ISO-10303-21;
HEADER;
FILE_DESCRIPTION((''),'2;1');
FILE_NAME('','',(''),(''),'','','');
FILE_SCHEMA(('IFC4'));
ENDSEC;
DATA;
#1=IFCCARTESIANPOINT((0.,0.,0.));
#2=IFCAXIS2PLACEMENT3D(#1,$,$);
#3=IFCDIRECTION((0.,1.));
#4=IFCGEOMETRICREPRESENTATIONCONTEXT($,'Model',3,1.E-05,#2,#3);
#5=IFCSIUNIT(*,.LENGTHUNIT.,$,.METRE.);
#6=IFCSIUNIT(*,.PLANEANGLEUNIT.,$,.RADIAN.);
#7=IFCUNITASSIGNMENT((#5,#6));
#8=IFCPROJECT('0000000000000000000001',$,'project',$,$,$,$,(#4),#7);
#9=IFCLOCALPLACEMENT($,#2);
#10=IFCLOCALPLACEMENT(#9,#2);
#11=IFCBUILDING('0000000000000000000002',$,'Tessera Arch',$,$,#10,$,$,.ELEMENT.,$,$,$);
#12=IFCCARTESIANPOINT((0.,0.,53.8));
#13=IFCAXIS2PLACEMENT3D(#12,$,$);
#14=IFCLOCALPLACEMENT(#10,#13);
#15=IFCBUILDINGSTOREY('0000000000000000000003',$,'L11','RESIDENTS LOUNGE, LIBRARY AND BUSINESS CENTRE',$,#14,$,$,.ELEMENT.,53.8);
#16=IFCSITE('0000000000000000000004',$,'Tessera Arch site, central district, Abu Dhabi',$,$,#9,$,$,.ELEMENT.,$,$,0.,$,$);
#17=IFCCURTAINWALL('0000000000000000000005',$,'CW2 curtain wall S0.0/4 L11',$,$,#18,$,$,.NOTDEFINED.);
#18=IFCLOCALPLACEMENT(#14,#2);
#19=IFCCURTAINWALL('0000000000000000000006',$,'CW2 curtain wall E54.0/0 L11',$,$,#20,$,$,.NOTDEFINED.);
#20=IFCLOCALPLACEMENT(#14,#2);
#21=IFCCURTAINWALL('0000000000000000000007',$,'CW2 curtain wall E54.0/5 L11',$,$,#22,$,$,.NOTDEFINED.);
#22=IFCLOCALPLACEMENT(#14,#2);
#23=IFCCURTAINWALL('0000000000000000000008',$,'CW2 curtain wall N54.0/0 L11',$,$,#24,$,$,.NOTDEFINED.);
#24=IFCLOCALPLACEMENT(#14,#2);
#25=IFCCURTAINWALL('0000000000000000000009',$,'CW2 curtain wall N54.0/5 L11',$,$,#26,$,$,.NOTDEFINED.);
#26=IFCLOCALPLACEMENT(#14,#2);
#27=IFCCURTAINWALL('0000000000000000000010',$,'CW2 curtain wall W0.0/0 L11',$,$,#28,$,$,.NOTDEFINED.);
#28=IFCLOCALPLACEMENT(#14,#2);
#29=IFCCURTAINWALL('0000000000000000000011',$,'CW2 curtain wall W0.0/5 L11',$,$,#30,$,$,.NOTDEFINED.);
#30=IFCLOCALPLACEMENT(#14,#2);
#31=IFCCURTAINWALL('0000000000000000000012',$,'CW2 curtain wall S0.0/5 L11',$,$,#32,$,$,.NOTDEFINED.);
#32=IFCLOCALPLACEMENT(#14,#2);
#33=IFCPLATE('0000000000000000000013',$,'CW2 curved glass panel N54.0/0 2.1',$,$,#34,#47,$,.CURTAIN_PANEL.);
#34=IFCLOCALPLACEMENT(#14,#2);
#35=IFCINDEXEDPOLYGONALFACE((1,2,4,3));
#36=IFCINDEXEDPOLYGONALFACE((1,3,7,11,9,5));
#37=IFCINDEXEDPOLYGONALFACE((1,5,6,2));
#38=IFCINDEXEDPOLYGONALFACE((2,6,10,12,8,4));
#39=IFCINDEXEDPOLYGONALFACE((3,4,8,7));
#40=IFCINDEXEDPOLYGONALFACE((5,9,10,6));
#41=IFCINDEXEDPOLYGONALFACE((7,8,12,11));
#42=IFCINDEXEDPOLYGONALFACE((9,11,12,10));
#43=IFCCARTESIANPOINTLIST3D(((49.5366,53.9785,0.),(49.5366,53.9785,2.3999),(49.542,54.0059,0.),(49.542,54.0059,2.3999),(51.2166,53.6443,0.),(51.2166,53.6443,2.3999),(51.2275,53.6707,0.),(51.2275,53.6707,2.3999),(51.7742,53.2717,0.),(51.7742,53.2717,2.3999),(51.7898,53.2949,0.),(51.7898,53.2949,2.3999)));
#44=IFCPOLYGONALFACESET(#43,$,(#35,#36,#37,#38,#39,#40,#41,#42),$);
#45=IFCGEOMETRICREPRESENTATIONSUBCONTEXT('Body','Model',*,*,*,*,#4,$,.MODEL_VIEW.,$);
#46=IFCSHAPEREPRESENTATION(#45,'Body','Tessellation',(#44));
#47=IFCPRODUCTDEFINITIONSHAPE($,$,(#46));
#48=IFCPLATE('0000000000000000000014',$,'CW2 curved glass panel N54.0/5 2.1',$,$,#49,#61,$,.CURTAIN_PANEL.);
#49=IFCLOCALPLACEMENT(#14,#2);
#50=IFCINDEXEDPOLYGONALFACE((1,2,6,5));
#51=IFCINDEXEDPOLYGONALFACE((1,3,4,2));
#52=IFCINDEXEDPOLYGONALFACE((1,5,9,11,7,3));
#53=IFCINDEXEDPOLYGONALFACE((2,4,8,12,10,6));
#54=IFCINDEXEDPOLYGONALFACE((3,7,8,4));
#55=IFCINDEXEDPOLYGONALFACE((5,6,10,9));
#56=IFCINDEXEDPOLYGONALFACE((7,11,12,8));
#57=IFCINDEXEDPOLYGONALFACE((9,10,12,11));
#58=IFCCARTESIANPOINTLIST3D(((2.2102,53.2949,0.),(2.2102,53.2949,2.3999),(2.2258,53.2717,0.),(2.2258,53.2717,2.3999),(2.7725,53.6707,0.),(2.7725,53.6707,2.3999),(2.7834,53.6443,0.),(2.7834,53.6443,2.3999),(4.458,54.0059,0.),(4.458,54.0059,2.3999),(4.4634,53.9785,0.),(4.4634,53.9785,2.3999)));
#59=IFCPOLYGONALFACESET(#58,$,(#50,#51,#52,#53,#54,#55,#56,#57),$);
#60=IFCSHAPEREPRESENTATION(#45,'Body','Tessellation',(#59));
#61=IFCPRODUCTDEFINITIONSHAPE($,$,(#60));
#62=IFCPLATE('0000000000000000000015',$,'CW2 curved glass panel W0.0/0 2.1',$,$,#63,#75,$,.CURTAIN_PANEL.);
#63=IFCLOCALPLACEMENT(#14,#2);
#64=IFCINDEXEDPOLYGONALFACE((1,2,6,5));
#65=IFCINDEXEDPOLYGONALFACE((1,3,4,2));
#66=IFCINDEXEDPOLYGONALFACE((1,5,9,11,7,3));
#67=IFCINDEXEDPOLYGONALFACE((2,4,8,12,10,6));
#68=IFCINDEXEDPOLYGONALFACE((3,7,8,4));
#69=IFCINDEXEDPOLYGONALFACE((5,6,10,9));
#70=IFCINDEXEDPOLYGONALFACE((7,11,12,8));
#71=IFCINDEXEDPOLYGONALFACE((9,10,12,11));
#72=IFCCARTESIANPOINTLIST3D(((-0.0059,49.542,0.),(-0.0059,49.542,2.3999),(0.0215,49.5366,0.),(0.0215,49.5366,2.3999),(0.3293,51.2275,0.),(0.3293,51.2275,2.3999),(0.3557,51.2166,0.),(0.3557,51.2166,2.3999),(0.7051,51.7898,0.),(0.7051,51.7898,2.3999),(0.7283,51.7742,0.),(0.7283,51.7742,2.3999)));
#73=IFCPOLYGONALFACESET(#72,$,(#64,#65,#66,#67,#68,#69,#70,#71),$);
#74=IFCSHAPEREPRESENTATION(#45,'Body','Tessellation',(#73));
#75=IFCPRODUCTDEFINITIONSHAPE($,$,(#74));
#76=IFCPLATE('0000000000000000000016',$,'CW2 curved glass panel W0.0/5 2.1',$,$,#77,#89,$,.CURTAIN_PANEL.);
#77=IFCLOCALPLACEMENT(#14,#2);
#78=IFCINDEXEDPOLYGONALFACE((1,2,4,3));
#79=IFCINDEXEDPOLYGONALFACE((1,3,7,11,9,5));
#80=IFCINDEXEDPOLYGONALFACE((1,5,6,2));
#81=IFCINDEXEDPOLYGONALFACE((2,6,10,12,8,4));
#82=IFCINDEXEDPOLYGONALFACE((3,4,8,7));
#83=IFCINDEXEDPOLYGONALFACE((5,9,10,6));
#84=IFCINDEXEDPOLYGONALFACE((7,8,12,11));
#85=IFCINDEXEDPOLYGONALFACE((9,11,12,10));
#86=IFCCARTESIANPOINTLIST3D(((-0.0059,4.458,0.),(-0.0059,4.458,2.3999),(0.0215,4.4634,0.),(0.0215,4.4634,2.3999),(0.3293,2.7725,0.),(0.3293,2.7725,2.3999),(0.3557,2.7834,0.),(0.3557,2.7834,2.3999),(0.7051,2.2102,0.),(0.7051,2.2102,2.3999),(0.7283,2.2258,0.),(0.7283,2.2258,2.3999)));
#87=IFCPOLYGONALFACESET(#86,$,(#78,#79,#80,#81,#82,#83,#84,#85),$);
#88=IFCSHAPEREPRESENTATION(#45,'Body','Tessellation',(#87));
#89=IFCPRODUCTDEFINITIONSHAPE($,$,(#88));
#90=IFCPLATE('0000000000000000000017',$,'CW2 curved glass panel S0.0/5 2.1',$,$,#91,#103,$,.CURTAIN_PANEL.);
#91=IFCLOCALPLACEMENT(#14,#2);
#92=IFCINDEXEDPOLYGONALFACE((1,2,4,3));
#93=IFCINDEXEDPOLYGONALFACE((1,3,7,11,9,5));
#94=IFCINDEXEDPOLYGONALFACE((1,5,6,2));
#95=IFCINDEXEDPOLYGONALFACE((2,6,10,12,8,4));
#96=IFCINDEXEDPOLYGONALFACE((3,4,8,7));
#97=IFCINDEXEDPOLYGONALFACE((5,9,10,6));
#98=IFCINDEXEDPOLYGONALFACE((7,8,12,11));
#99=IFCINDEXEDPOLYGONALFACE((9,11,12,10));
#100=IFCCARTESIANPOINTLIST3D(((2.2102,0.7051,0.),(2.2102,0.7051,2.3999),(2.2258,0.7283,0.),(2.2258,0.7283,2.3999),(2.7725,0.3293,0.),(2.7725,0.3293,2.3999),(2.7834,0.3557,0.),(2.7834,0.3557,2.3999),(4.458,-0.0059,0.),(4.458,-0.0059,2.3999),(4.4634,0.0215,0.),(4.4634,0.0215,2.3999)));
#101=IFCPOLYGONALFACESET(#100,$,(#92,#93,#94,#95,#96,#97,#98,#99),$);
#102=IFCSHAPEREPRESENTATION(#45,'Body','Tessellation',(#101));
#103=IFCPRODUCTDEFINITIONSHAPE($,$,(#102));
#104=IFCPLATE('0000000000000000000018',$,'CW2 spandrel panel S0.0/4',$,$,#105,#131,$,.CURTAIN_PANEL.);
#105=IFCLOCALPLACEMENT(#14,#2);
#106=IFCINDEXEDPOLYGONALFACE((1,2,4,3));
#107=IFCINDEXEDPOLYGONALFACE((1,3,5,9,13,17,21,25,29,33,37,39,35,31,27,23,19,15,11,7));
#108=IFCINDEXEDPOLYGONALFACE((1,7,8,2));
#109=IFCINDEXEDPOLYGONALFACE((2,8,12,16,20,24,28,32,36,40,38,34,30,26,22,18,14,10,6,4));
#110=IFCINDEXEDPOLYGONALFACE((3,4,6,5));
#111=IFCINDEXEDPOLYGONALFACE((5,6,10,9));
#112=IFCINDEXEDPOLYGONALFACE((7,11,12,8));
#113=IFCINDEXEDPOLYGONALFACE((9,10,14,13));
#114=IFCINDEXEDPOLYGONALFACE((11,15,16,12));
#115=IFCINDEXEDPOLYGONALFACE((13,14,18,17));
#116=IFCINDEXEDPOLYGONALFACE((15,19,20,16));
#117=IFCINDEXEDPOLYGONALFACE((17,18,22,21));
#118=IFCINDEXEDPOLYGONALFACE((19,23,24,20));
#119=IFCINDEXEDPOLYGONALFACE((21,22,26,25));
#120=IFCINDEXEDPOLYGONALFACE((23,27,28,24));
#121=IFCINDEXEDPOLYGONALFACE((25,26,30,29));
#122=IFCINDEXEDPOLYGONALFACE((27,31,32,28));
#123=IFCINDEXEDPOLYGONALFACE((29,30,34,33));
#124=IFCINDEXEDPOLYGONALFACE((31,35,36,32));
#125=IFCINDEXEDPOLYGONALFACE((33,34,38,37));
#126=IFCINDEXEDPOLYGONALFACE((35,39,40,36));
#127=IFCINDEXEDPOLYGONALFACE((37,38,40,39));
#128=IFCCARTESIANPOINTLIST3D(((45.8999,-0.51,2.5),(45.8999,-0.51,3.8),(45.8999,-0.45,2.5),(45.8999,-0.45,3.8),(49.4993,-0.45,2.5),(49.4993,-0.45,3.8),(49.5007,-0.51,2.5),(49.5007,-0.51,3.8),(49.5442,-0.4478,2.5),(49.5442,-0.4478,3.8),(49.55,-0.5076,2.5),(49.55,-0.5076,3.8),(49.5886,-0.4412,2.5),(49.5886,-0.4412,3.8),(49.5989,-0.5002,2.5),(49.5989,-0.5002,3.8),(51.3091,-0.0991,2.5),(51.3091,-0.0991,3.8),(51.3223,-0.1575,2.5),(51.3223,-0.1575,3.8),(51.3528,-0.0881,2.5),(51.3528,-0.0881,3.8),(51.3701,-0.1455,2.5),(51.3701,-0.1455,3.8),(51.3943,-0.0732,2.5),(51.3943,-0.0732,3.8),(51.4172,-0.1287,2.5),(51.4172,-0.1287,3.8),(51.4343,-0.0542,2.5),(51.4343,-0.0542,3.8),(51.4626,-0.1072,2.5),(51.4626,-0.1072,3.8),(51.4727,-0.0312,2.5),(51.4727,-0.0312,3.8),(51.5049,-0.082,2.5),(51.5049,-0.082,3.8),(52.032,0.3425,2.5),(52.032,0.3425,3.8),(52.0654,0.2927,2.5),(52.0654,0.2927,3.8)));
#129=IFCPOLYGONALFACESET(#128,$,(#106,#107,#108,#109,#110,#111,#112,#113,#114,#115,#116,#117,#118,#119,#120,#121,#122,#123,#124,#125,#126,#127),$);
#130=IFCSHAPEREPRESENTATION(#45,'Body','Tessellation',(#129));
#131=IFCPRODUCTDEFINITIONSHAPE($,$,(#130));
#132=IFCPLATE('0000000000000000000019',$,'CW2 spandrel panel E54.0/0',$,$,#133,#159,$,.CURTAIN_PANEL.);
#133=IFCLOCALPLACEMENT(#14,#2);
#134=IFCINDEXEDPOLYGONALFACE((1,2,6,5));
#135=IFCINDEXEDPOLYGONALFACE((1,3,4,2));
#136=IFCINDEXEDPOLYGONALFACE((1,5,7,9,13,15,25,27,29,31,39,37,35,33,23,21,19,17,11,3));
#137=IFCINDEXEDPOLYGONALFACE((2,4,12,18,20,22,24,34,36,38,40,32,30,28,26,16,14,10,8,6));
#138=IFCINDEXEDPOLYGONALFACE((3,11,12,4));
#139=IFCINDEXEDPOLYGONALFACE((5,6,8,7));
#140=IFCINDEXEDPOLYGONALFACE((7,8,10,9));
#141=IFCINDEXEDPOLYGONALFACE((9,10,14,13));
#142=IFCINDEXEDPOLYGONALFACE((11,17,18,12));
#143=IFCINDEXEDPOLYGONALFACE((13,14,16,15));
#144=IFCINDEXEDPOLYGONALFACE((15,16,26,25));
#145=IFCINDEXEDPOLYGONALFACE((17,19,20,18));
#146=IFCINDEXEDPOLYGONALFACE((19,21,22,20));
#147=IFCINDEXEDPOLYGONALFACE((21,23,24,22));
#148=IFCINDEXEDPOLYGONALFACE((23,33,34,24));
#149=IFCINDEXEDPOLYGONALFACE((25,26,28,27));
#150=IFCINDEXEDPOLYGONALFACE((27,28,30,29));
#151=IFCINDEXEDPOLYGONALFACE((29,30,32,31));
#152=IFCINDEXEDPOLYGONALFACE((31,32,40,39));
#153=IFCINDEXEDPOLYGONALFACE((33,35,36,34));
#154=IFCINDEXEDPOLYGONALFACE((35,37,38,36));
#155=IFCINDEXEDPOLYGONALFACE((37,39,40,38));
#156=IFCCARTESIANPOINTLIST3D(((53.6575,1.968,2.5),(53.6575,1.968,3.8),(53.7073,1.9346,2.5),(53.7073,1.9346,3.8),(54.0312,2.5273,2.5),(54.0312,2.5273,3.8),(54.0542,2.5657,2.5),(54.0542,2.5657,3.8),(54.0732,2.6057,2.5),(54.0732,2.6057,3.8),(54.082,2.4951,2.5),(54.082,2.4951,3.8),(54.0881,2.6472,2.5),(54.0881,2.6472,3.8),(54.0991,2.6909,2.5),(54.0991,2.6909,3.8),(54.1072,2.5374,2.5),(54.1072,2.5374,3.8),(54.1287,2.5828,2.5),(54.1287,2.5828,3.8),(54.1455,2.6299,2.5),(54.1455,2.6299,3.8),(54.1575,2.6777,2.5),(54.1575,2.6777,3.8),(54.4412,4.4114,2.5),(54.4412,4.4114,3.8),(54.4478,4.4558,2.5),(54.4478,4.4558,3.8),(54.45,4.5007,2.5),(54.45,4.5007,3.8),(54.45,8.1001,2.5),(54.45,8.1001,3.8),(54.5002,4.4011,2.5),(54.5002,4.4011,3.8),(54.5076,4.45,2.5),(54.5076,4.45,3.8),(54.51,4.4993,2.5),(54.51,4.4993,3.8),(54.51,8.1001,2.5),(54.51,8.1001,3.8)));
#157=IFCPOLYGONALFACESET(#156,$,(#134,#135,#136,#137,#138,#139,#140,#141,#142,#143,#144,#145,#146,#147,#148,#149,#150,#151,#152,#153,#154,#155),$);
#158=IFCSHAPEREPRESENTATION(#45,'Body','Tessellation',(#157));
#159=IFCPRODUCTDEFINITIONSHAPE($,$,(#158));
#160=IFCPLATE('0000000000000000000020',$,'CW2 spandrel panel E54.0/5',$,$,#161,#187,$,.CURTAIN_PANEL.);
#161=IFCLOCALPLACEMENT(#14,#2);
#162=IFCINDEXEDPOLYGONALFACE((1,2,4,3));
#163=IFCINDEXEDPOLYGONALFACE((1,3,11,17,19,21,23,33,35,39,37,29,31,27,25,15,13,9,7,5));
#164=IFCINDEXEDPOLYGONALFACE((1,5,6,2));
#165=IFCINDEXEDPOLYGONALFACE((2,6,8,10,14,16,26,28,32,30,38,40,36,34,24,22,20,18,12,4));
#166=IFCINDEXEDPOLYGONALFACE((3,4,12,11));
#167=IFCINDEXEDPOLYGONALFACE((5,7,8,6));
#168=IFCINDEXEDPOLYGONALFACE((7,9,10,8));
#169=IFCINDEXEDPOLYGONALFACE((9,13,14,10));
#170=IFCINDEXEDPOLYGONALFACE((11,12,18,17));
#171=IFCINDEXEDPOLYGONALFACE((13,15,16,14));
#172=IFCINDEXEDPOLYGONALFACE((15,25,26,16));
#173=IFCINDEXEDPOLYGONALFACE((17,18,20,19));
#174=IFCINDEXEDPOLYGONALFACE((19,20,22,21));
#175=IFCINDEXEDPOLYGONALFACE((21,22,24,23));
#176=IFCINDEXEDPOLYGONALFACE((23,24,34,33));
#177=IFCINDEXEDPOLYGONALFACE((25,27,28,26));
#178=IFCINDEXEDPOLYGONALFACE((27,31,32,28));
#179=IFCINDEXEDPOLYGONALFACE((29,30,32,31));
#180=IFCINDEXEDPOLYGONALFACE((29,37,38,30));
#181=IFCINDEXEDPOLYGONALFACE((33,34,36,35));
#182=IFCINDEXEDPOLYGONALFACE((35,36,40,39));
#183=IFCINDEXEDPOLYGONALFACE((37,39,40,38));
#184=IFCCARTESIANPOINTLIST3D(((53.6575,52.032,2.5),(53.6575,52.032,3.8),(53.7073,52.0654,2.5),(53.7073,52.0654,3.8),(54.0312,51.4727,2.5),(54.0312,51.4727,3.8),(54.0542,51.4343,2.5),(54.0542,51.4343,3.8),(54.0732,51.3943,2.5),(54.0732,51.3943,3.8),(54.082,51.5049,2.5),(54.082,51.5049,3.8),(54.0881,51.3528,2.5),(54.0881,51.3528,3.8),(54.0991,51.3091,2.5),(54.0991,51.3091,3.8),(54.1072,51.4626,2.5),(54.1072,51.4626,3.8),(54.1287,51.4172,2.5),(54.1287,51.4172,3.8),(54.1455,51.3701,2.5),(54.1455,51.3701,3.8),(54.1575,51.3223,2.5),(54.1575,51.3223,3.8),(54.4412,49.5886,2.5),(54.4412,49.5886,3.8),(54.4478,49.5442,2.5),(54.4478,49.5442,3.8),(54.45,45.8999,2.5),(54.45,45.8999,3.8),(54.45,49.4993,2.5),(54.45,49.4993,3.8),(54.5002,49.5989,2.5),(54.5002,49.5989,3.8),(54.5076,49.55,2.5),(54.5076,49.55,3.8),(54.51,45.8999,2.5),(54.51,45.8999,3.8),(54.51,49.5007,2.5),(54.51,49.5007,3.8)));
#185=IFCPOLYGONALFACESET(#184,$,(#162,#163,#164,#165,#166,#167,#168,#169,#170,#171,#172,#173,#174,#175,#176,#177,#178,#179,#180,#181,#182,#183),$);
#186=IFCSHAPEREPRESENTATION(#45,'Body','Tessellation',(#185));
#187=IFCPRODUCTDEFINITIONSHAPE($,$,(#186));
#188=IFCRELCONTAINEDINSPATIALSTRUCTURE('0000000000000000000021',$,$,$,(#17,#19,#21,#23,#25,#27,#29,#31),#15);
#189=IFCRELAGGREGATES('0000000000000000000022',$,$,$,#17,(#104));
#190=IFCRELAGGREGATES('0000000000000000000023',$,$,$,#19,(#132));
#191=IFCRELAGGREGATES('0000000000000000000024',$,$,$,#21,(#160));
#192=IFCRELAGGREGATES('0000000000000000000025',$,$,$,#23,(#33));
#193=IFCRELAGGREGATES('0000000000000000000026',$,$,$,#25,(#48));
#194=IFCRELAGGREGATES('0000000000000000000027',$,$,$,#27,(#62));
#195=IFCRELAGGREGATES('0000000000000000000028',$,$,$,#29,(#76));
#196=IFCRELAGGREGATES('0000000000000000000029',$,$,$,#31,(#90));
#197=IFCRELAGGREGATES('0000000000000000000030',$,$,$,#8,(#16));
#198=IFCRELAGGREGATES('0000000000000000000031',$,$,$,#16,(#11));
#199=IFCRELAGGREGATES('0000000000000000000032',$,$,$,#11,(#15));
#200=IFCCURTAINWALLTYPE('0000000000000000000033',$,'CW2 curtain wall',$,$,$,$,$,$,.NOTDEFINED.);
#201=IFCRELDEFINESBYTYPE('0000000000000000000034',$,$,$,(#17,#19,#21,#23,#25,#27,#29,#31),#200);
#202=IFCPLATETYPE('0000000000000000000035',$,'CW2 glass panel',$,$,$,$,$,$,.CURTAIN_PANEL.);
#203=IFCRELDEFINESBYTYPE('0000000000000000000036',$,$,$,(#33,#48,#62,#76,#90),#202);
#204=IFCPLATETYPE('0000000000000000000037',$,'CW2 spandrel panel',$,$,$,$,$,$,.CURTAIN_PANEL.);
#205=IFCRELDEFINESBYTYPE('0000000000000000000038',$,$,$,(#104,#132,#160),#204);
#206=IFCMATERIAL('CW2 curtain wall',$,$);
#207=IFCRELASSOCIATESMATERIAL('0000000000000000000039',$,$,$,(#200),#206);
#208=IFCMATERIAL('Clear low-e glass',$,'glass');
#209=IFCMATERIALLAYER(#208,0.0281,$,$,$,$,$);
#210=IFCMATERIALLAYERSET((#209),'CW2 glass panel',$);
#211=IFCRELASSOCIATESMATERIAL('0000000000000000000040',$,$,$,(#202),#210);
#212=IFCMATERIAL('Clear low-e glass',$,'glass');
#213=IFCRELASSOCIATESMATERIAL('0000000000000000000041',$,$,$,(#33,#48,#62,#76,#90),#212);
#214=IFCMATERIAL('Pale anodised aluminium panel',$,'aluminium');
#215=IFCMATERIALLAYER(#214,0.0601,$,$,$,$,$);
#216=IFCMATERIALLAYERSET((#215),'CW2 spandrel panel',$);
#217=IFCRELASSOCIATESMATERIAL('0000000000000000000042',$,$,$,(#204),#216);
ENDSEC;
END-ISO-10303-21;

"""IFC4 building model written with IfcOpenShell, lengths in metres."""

from ifc_helpers import new_model, si_unit, direction, frame, origin, place, context, subcontext, project, spatial, polyline, outline, extrude, material, layer, layer_set, type_object, element, aggregate, save


model = new_model("IFC4")

# Units and contexts
model_context = context("Model", 3, precision=1e-05, world=origin(), true_north=direction((0.0, 1.0)))
body_context = subcontext(model_context, "Body", "Model", "MODEL_VIEW")
ifc_project = project(units=[si_unit("LENGTHUNIT", "METRE"), si_unit("PLANEANGLEUNIT", "RADIAN")], contexts=[model_context])

# Site, building, storey
site_placement = place(None, origin())
site = spatial("IfcSite", under=ifc_project, at=site_placement, Name="Tessera Arch site, central district, Abu Dhabi", CompositionType="ELEMENT", RefElevation=0.0)
building_placement = place(site_placement, origin())
building = spatial("IfcBuilding", under=site, at=building_placement, Name="Tessera Arch", CompositionType="ELEMENT")
storey_placement = place(building_placement, frame((0.0, 0.0, 53.8)))
storey = spatial("IfcBuildingStorey", under=building, at=storey_placement, Name="L11", Description="RESIDENTS LOUNGE, LIBRARY AND BUSINESS CENTRE", CompositionType="ELEMENT", Elevation=53.8)

# Curtain walls
ifc_material_1 = material(Name="CW2 curtain wall")
curtain_wall_type = type_object("IfcCurtainWallType", Name="CW2 curtain wall", PredefinedType="NOTDEFINED", material=ifc_material_1)
curtain_wall_1_placement = place(storey_placement, origin())
curtain_wall_1 = element("IfcCurtainWall", 1, at=curtain_wall_1_placement, inside=storey, type_object=curtain_wall_type, Name="CW2 curtain wall S0.0/4 L11", PredefinedType="NOTDEFINED")
curtain_wall_2_placement = place(storey_placement, origin())
curtain_wall_2 = element("IfcCurtainWall", 2, at=curtain_wall_2_placement, inside=storey, type_object=curtain_wall_type, Name="CW2 curtain wall E54.0/0 L11", PredefinedType="NOTDEFINED")
curtain_wall_3_placement = place(storey_placement, origin())
curtain_wall_3 = element("IfcCurtainWall", 3, at=curtain_wall_3_placement, inside=storey, type_object=curtain_wall_type, Name="CW2 curtain wall E54.0/5 L11", PredefinedType="NOTDEFINED")
curtain_wall_4_placement = place(storey_placement, origin())
curtain_wall_4 = element("IfcCurtainWall", 4, at=curtain_wall_4_placement, inside=storey, type_object=curtain_wall_type, Name="CW2 curtain wall N54.0/0 L11", PredefinedType="NOTDEFINED")
curtain_wall_5_placement = place(storey_placement, origin())
curtain_wall_5 = element("IfcCurtainWall", 5, at=curtain_wall_5_placement, inside=storey, type_object=curtain_wall_type, Name="CW2 curtain wall N54.0/5 L11", PredefinedType="NOTDEFINED")
curtain_wall_6_placement = place(storey_placement, origin())
curtain_wall_6 = element("IfcCurtainWall", 6, at=curtain_wall_6_placement, inside=storey, type_object=curtain_wall_type, Name="CW2 curtain wall W0.0/0 L11", PredefinedType="NOTDEFINED")
curtain_wall_7_placement = place(storey_placement, origin())
curtain_wall_7 = element("IfcCurtainWall", 7, at=curtain_wall_7_placement, inside=storey, type_object=curtain_wall_type, Name="CW2 curtain wall W0.0/5 L11", PredefinedType="NOTDEFINED")
curtain_wall_8_placement = place(storey_placement, origin())
curtain_wall_8 = element("IfcCurtainWall", 8, at=curtain_wall_8_placement, inside=storey, type_object=curtain_wall_type, Name="CW2 curtain wall S0.0/5 L11", PredefinedType="NOTDEFINED")

# Plates
ifc_material_2 = material(Name="Clear low-e glass", Category="glass")
ifc_material_3 = material(Name="Clear low-e glass", Category="glass")
ifc_layer_1 = layer(ifc_material_3, 0.0281)
ifc_layer_set_1 = layer_set([ifc_layer_1], Name="CW2 glass panel")
plate_type_1 = type_object("IfcPlateType", Name="CW2 glass panel", PredefinedType="CURTAIN_PANEL", material=ifc_layer_set_1)
plate_1_placement = place(storey_placement, origin())
plate_1 = element("IfcPlate", 9, at=plate_1_placement, type_object=plate_type_1, material=ifc_material_2, Name="CW2 curved glass panel N54.0/0 2.1", PredefinedType="CURTAIN_PANEL", context=body_context, shape_type="SweptSolid", body=[
    extrude(outline(polyline([(51.2166, 53.6443), (51.7742, 53.2717), (51.7898, 53.2949), (51.2275, 53.6707), (49.542, 54.0059), (49.5366, 53.9785), (51.2166, 53.6443)])), origin(), (0.0, 0.0, 1.0), 2.3999),
])
plate_2_placement = place(storey_placement, origin())
plate_2 = element("IfcPlate", 10, at=plate_2_placement, type_object=plate_type_1, material=ifc_material_2, Name="CW2 curved glass panel N54.0/5 2.1", PredefinedType="CURTAIN_PANEL", context=body_context, shape_type="SweptSolid", body=[
    extrude(outline(polyline([(2.7834, 53.6443), (4.4634, 53.9785), (4.458, 54.0059), (2.7725, 53.6707), (2.2102, 53.2949), (2.2258, 53.2717), (2.7834, 53.6443)])), origin(), (0.0, 0.0, 1.0), 2.3999),
])
plate_3_placement = place(storey_placement, origin())
plate_3 = element("IfcPlate", 11, at=plate_3_placement, type_object=plate_type_1, material=ifc_material_2, Name="CW2 curved glass panel W0.0/0 2.1", PredefinedType="CURTAIN_PANEL", context=body_context, shape_type="SweptSolid", body=[
    extrude(outline(polyline([(0.3557, 51.2166), (0.7283, 51.7742), (0.7051, 51.7898), (0.3293, 51.2275), (-0.0059, 49.542), (0.0215, 49.5366), (0.3557, 51.2166)])), origin(), (0.0, 0.0, 1.0), 2.3999),
])
plate_4_placement = place(storey_placement, origin())
plate_4 = element("IfcPlate", 12, at=plate_4_placement, type_object=plate_type_1, material=ifc_material_2, Name="CW2 curved glass panel W0.0/5 2.1", PredefinedType="CURTAIN_PANEL", context=body_context, shape_type="SweptSolid", body=[
    extrude(outline(polyline([(0.3557, 2.7834), (0.0215, 4.4634), (-0.0059, 4.458), (0.3293, 2.7725), (0.7051, 2.2102), (0.7283, 2.2258), (0.3557, 2.7834)])), origin(), (0.0, 0.0, 1.0), 2.3999),
])
plate_5_placement = place(storey_placement, origin())
plate_5 = element("IfcPlate", 13, at=plate_5_placement, type_object=plate_type_1, material=ifc_material_2, Name="CW2 curved glass panel S0.0/5 2.1", PredefinedType="CURTAIN_PANEL", context=body_context, shape_type="SweptSolid", body=[
    extrude(outline(polyline([(2.7834, 0.3557), (2.2258, 0.7283), (2.2102, 0.7051), (2.7725, 0.3293), (4.458, -0.0059), (4.4634, 0.0215), (2.7834, 0.3557)])), origin(), (0.0, 0.0, 1.0), 2.3999),
])
ifc_material_4 = material(Name="Pale anodised aluminium panel", Category="aluminium")
ifc_layer_2 = layer(ifc_material_4, 0.0601)
ifc_layer_set_2 = layer_set([ifc_layer_2], Name="CW2 spandrel panel")
plate_type_2 = type_object("IfcPlateType", Name="CW2 spandrel panel", PredefinedType="CURTAIN_PANEL", material=ifc_layer_set_2)
plate_6_placement = place(storey_placement, frame((0.0, 0.0, 2.5)))
plate_6 = element("IfcPlate", 14, at=plate_6_placement, type_object=plate_type_2, Name="CW2 spandrel panel S0.0/4", PredefinedType="CURTAIN_PANEL", context=body_context, shape_type="SweptSolid", body=[
    extrude(outline(polyline([(49.4993, -0.45), (45.8999, -0.45), (45.8999, -0.51), (49.5007, -0.51), (49.55, -0.5076), (49.5989, -0.5002), (51.3223, -0.1575), (51.3701, -0.1455), (51.4172, -0.1287), (51.4626, -0.1072), (51.5049, -0.082), (52.0654, 0.2927), (52.032, 0.3425), (51.4727, -0.0312), (51.4343, -0.0542), (51.3943, -0.0732), (51.3528, -0.0881), (51.3091, -0.0991), (49.5886, -0.4412), (49.5442, -0.4478), (49.4993, -0.45)])), origin(), (0.0, 0.0, 1.0), 1.3),
])
aggregate(curtain_wall_1, [plate_6])
plate_7_placement = place(storey_placement, frame((0.0, 0.0, 2.5)))
plate_7 = element("IfcPlate", 15, at=plate_7_placement, type_object=plate_type_2, Name="CW2 spandrel panel E54.0/0", PredefinedType="CURTAIN_PANEL", context=body_context, shape_type="SweptSolid", body=[
    extrude(outline(polyline([(54.0312, 2.5273), (53.6575, 1.968), (53.7073, 1.9346), (54.082, 2.4951), (54.1072, 2.5374), (54.1287, 2.5828), (54.1455, 2.6299), (54.1575, 2.6777), (54.5002, 4.4011), (54.5076, 4.45), (54.51, 4.4993), (54.51, 8.1001), (54.45, 8.1001), (54.45, 4.5007), (54.4478, 4.4558), (54.4412, 4.4114), (54.0991, 2.6909), (54.0881, 2.6472), (54.0732, 2.6057), (54.0542, 2.5657), (54.0312, 2.5273)])), origin(), (0.0, 0.0, 1.0), 1.3),
])
aggregate(curtain_wall_2, [plate_7])
plate_8_placement = place(storey_placement, frame((0.0, 0.0, 2.5)))
plate_8 = element("IfcPlate", 16, at=plate_8_placement, type_object=plate_type_2, Name="CW2 spandrel panel E54.0/5", PredefinedType="CURTAIN_PANEL", context=body_context, shape_type="SweptSolid", body=[
    extrude(outline(polyline([(54.45, 49.4993), (54.45, 45.8999), (54.51, 45.8999), (54.51, 49.5007), (54.5076, 49.55), (54.5002, 49.5989), (54.1575, 51.3223), (54.1455, 51.3701), (54.1287, 51.4172), (54.1072, 51.4626), (54.082, 51.5049), (53.7073, 52.0654), (53.6575, 52.032), (54.0312, 51.4727), (54.0542, 51.4343), (54.0732, 51.3943), (54.0881, 51.3528), (54.0991, 51.3091), (54.4412, 49.5886), (54.4478, 49.5442), (54.45, 49.4993)])), origin(), (0.0, 0.0, 1.0), 1.3),
])
aggregate(curtain_wall_3, [plate_8])
aggregate(curtain_wall_4, [plate_1])
aggregate(curtain_wall_5, [plate_2])
aggregate(curtain_wall_6, [plate_3])
aggregate(curtain_wall_7, [plate_4])
aggregate(curtain_wall_8, [plate_5])

save(model, "model.ifc")
